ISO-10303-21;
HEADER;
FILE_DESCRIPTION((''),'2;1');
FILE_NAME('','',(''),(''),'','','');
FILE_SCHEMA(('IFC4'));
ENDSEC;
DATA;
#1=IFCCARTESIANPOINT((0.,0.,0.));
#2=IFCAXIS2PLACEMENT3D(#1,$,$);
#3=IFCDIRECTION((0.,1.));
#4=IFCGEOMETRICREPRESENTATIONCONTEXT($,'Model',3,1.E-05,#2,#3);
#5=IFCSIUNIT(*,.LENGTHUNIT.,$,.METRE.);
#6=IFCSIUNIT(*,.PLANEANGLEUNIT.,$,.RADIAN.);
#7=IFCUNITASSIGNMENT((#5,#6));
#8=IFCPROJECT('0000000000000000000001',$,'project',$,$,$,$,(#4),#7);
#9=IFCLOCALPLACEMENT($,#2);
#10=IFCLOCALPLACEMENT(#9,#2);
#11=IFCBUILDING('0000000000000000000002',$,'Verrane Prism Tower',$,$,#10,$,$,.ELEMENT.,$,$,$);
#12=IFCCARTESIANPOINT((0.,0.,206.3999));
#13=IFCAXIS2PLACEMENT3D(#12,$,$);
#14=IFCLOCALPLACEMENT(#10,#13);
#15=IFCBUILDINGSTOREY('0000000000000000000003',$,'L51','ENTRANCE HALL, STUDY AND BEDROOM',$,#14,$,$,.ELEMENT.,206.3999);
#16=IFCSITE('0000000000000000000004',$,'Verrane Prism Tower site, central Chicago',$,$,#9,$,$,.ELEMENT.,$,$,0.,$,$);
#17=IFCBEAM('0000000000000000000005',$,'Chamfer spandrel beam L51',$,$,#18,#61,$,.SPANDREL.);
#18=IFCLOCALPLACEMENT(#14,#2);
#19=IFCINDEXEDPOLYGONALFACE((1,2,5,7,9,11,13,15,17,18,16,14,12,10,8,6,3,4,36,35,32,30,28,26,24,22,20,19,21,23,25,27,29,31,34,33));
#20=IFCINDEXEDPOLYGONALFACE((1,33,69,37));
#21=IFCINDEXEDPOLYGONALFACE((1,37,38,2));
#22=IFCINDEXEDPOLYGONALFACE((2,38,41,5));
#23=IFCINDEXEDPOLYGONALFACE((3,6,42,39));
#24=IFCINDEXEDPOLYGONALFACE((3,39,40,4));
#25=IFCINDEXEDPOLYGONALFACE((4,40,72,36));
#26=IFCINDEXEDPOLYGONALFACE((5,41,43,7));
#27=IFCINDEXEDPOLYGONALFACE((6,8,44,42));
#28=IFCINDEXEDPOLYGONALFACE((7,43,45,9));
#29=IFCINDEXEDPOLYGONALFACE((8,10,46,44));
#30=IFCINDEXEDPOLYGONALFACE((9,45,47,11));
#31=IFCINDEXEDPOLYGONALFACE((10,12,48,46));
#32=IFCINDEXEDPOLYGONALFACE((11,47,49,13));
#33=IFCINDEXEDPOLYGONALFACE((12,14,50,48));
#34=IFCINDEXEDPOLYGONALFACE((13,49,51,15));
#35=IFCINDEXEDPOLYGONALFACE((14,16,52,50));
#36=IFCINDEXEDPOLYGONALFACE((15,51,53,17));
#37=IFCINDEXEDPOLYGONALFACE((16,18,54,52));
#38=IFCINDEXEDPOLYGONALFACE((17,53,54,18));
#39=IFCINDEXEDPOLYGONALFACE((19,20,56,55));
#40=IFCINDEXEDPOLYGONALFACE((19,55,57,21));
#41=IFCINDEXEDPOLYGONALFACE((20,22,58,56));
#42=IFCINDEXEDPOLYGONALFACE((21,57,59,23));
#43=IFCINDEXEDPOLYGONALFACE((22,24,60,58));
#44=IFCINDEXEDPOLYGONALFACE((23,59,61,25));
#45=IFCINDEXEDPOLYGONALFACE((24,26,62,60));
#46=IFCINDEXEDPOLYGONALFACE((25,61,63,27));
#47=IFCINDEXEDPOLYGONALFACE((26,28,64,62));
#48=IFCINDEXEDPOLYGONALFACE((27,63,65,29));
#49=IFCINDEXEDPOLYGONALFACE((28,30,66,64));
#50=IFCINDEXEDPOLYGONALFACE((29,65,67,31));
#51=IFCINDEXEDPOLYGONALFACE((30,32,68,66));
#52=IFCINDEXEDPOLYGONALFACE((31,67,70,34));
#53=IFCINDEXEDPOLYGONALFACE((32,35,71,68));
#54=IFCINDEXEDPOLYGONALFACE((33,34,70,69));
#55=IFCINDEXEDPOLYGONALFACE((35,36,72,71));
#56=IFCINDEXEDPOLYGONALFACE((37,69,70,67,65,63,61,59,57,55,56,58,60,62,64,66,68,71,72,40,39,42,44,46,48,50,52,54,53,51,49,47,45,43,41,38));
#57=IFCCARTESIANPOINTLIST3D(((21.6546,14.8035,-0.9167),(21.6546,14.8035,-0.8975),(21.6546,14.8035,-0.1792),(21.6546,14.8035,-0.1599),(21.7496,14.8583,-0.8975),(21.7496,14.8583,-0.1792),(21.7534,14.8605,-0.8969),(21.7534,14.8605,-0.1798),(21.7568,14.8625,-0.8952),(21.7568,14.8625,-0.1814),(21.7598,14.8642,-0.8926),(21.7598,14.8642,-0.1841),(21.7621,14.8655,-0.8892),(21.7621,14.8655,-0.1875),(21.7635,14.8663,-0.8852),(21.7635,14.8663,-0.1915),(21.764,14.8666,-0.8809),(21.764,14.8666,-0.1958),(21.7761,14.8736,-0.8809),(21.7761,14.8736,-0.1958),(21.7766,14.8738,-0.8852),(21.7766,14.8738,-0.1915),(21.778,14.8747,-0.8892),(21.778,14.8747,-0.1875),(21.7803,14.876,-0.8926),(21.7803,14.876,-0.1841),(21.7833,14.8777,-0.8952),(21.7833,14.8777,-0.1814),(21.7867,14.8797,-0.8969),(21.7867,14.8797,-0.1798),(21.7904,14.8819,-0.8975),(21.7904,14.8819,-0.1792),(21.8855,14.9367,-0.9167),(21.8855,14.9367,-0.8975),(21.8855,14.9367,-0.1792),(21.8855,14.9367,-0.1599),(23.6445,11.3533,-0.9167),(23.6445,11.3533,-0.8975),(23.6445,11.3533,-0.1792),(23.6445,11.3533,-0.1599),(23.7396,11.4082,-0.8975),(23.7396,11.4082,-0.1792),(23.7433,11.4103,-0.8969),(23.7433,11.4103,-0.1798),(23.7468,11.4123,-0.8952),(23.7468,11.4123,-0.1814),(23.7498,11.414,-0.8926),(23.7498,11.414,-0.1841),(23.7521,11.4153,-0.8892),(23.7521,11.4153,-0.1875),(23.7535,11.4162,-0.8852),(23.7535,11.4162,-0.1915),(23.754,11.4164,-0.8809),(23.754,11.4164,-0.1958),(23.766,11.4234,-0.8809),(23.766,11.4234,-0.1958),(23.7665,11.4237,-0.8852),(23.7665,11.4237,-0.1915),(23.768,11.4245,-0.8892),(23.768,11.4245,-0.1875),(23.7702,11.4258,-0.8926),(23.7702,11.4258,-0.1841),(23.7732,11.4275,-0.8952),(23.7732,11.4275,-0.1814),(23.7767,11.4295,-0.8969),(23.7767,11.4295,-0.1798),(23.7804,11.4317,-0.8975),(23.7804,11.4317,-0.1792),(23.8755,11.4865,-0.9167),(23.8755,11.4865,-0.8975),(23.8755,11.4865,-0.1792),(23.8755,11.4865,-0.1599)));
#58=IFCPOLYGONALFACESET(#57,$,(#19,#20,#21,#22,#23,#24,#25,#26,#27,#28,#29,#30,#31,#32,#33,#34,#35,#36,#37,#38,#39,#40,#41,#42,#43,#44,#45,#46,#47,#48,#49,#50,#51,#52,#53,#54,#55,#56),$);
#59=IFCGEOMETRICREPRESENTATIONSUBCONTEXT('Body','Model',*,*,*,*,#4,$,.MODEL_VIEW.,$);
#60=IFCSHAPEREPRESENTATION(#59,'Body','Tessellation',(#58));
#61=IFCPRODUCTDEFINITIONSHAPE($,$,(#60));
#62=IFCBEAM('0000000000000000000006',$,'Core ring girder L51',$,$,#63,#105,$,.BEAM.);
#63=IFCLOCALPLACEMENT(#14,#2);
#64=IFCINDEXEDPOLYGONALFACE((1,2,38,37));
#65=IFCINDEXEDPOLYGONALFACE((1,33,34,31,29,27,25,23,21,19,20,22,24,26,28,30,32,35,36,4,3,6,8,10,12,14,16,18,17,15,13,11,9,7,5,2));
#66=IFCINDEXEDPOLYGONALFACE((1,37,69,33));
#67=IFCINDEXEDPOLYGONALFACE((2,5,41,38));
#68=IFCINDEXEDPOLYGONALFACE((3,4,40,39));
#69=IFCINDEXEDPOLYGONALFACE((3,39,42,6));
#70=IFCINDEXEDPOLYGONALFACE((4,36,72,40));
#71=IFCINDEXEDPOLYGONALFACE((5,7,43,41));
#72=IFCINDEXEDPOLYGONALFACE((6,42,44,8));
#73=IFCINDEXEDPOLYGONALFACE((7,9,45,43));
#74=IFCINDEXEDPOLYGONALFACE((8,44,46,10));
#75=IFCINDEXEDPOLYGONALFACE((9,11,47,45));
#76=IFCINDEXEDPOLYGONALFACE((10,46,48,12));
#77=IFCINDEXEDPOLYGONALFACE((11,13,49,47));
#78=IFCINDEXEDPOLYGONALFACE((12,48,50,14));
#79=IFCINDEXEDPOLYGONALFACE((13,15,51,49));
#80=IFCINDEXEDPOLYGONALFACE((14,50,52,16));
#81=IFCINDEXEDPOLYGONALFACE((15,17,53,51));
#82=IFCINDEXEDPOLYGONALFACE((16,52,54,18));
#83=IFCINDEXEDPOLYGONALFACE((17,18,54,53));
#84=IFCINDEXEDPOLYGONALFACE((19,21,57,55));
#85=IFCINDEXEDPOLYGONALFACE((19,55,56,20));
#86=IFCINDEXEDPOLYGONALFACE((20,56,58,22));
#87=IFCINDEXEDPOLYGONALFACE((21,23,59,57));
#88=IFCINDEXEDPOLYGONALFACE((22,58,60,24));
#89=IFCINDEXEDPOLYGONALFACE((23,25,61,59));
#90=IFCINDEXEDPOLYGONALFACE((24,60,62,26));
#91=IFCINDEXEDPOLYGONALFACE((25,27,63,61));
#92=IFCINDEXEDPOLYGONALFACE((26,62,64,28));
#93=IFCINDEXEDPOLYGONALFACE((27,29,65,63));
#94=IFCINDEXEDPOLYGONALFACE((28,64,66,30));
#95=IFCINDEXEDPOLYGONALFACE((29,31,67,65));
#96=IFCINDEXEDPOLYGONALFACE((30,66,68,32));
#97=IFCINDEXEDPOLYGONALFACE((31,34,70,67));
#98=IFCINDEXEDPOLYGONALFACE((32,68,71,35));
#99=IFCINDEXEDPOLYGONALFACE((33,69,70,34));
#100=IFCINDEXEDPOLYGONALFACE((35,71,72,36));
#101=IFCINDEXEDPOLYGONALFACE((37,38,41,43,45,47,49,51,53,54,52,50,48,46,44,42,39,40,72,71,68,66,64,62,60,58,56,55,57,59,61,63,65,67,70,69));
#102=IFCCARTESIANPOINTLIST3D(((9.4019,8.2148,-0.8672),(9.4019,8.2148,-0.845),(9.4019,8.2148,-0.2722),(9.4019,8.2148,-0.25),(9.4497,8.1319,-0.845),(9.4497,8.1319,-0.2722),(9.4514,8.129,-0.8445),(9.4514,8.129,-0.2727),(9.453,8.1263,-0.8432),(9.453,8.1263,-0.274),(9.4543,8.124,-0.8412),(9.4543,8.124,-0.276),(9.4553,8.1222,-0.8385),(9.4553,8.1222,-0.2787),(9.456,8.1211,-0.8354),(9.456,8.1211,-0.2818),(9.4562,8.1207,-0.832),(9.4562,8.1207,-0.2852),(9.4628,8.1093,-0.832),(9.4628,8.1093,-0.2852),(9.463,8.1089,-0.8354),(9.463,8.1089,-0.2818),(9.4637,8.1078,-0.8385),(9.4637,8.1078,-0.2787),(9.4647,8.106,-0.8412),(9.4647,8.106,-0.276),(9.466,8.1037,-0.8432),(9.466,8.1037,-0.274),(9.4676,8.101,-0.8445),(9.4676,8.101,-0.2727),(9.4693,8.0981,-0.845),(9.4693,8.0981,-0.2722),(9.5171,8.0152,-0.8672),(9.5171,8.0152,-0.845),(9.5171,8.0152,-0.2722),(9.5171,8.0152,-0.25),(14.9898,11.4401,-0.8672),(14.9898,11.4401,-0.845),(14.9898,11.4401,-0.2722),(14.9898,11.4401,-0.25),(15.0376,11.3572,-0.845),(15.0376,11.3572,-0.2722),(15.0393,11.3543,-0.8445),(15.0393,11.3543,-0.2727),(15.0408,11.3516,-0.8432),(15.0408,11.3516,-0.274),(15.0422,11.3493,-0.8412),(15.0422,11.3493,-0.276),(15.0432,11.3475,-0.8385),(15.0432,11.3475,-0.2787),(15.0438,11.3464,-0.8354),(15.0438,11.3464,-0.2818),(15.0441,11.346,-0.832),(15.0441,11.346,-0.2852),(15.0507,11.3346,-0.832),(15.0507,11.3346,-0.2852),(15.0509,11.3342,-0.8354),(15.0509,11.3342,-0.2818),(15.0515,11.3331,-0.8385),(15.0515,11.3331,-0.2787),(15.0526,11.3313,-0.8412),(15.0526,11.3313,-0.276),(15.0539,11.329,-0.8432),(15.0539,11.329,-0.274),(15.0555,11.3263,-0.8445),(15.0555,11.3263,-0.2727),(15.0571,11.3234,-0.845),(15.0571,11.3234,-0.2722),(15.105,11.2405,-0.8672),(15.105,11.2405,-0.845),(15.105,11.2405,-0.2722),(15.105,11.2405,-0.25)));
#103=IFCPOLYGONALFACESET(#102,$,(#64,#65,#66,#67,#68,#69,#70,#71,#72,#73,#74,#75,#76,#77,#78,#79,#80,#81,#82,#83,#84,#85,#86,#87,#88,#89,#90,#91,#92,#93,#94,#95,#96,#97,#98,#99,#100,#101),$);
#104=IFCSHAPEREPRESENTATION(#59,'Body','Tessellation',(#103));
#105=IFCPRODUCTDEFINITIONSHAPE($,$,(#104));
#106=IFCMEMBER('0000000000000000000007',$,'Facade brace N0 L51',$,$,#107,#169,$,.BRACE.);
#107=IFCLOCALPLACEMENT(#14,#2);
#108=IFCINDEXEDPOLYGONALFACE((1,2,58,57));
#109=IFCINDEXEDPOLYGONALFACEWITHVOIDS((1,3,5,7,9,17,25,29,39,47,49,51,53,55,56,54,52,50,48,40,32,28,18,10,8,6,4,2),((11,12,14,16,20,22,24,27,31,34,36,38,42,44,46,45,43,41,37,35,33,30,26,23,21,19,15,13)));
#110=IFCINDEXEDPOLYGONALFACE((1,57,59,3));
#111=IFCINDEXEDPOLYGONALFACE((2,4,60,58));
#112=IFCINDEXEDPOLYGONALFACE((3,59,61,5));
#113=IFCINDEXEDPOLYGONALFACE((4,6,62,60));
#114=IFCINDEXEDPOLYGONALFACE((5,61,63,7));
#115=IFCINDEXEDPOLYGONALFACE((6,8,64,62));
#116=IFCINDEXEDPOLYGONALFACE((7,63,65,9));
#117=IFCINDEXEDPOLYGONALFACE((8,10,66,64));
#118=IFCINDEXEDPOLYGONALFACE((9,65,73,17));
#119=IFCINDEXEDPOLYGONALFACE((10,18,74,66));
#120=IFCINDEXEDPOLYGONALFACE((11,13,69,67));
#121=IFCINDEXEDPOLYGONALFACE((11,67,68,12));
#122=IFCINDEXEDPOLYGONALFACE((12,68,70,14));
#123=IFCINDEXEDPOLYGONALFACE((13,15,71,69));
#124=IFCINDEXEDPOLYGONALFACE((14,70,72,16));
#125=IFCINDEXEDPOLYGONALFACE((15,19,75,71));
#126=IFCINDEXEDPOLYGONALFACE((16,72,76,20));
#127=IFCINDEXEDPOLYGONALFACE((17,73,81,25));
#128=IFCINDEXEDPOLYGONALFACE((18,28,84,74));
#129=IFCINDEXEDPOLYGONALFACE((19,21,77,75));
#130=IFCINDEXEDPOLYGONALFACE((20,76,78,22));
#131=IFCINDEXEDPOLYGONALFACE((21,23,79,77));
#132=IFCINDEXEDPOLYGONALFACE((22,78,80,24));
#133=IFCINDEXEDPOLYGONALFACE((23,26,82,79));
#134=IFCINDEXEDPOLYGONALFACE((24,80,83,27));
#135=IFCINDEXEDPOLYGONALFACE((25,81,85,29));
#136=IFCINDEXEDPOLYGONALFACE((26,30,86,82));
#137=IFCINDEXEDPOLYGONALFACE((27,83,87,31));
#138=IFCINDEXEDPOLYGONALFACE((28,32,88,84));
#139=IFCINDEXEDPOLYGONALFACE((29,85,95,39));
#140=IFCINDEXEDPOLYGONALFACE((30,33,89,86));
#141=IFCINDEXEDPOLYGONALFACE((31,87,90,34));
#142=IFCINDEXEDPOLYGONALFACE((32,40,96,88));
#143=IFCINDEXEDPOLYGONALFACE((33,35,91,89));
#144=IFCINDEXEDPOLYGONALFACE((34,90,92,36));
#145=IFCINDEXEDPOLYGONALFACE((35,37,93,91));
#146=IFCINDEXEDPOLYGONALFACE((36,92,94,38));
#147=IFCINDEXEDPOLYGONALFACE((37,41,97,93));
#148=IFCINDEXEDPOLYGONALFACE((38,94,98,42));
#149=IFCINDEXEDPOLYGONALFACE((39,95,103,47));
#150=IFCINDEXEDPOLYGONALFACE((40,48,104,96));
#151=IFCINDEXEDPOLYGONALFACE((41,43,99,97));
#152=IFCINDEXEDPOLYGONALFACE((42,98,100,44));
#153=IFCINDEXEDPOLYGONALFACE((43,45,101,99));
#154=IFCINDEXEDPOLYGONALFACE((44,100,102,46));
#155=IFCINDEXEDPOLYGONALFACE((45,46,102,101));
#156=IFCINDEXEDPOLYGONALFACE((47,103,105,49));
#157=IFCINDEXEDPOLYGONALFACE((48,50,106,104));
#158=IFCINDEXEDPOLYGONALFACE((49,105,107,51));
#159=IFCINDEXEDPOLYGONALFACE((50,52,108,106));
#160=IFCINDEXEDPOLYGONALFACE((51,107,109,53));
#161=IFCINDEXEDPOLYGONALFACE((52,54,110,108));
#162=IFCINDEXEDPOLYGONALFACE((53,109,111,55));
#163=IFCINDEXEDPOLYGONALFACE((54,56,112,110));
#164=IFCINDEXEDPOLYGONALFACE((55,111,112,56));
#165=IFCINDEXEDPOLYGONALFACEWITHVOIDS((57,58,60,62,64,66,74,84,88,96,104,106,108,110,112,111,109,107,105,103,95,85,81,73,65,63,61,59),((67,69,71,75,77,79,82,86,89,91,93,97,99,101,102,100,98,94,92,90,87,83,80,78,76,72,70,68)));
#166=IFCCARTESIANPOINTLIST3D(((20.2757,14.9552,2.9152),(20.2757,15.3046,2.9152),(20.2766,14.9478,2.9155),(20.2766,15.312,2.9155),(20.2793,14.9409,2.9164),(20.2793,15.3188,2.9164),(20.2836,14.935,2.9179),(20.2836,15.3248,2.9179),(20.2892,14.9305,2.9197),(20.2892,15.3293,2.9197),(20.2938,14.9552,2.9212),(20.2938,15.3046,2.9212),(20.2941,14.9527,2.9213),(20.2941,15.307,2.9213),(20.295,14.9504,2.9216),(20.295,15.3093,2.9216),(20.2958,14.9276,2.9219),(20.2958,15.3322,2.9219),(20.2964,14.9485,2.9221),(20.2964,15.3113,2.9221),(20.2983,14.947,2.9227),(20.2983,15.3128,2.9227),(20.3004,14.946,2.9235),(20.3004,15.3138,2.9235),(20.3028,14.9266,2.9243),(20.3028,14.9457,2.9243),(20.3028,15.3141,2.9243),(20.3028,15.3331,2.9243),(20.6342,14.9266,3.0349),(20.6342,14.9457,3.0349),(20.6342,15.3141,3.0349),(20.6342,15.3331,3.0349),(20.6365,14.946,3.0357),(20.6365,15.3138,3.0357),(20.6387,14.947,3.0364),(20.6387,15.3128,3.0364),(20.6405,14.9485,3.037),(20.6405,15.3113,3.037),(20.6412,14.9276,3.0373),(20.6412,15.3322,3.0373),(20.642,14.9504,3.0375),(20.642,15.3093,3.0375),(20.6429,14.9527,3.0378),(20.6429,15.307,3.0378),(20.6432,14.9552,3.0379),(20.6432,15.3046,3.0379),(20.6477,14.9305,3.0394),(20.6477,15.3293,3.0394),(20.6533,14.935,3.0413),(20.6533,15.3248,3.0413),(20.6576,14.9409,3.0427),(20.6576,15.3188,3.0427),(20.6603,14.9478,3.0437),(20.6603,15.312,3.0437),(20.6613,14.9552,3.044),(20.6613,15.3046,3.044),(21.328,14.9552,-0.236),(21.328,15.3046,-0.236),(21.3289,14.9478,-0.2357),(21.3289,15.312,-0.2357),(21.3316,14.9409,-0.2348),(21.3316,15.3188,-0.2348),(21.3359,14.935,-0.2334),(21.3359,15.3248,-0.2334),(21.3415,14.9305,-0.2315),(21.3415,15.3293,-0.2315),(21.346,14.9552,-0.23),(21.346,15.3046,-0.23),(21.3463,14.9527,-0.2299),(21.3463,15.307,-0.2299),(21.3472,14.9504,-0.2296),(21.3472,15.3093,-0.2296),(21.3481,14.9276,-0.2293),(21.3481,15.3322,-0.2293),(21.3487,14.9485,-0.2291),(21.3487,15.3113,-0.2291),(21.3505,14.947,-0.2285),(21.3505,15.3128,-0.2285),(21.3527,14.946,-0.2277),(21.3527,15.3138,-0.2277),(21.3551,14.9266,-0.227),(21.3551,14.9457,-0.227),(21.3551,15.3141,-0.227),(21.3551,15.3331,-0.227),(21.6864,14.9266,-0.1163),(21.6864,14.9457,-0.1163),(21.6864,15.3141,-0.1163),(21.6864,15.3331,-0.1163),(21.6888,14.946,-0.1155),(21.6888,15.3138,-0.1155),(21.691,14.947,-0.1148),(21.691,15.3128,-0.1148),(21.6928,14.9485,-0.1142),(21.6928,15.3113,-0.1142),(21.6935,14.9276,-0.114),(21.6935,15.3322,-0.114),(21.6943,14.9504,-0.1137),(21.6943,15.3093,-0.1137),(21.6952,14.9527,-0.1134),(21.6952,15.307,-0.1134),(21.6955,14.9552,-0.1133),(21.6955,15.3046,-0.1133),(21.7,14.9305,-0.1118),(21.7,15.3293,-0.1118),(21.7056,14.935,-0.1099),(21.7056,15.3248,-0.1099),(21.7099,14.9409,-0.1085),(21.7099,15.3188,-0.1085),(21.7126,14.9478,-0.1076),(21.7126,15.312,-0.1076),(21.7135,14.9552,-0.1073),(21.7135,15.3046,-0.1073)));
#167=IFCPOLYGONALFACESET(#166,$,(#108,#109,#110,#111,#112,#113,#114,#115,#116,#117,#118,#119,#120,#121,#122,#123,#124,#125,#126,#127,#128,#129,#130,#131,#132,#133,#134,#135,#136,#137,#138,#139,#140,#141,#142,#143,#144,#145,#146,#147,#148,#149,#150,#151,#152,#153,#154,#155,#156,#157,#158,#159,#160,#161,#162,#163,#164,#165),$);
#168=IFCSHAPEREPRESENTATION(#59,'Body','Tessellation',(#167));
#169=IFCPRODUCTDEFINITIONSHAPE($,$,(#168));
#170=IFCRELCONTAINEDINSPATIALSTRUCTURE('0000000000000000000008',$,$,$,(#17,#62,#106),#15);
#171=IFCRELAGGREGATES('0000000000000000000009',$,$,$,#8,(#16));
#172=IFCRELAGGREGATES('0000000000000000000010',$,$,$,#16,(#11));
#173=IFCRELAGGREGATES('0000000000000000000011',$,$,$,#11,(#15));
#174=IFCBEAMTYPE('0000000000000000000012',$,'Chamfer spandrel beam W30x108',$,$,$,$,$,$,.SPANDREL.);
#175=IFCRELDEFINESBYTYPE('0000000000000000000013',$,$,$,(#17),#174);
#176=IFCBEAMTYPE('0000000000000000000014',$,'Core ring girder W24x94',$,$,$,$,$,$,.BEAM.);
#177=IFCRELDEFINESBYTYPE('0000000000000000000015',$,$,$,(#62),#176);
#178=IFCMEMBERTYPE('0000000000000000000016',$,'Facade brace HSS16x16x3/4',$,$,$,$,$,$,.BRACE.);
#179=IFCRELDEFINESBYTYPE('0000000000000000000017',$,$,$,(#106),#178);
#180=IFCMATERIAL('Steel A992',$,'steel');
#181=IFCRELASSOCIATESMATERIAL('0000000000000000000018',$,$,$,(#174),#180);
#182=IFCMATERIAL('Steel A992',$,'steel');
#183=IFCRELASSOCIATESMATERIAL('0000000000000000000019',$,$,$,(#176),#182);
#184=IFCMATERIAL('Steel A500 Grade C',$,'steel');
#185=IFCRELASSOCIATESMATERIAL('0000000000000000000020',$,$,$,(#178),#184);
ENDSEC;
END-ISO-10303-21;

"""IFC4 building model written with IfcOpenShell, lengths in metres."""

from ifc_helpers import new_model, si_unit, direction, frame, origin, origin_2d, place, context, subcontext, project, spatial, hollow_rectangle, i_section, extrude, material, material_profile, profile_set, type_object, element, save


model = new_model("IFC4")

# Units and contexts
model_context = context("Model", 3, precision=1e-05, world=origin(), true_north=direction((0.0, 1.0)))
body_context = subcontext(model_context, "Body", "Model", "MODEL_VIEW")
ifc_project = project(units=[si_unit("LENGTHUNIT", "METRE"), si_unit("PLANEANGLEUNIT", "RADIAN")], contexts=[model_context])

# Site, building, storey
site_placement = place(None, origin())
site = spatial("IfcSite", under=ifc_project, at=site_placement, Name="Verrane Prism Tower site, central Chicago", CompositionType="ELEMENT", RefElevation=0.0)
building_placement = place(site_placement, origin())
building = spatial("IfcBuilding", under=site, at=building_placement, Name="Verrane Prism Tower", CompositionType="ELEMENT")
storey_placement = place(building_placement, frame((0.0, 0.0, 206.3999)))
storey = spatial("IfcBuildingStorey", under=building, at=storey_placement, Name="L51", Description="ENTRANCE HALL, STUDY AND BEDROOM", CompositionType="ELEMENT", Elevation=206.3999)

# Beams
ifc_material_1 = material(Name="Steel A992", Category="steel")
ifc_material_profile_1 = material_profile(ifc_material_1, i_section(OverallWidth=0.2666, OverallDepth=0.7568, WebThickness=0.0139, FlangeThickness=0.0193, FilletRadius=0.0166, at=origin_2d()), Name="W30x108")
ifc_profile_set_1 = profile_set([ifc_material_profile_1], Name="Steel A992")
beam_type_1 = type_object("IfcBeamType", Name="Chamfer spandrel beam W30x108", PredefinedType="SPANDREL", material=ifc_profile_set_1)
beam_1_placement = place(storey_placement, frame((23.76, 11.4199, -0.5383), z_axis=(-0.499627, 0.866241, 0.0), x_axis=(-0.866241, -0.499627, 0.0)))
element("IfcBeam", 1, at=beam_1_placement, inside=storey, type_object=beam_type_1, Name="Chamfer spandrel beam L51", PredefinedType="SPANDREL", context=body_context, shape_type="SweptSolid", body=[
    extrude(i_section(OverallWidth=0.2666, OverallDepth=0.7568, WebThickness=0.0139, FlangeThickness=0.0193, FilletRadius=0.0166, at=origin_2d()), origin(), (0.0, 0.0, 1.0), 3.9829),
])
ifc_material_2 = material(Name="Steel A992", Category="steel")
ifc_material_profile_2 = material_profile(ifc_material_2, i_section(OverallWidth=0.2305, OverallDepth=0.6172, WebThickness=0.0132, FlangeThickness=0.0222, FilletRadius=0.0129, at=origin_2d()), Name="W24x94")
ifc_profile_set_2 = profile_set([ifc_material_profile_2], Name="Steel A992")
beam_type_2 = type_object("IfcBeamType", Name="Core ring girder W24x94", PredefinedType="BEAM", material=ifc_profile_set_2)
beam_2_placement = place(storey_placement, frame((15.0474, 11.3403, -0.5586), z_axis=(-0.866081, -0.499904, 0.0), x_axis=(0.499904, -0.866081, 0.0)))
element("IfcBeam", 2, at=beam_2_placement, inside=storey, type_object=beam_type_2, Name="Core ring girder L51", PredefinedType="BEAM", context=body_context, shape_type="SweptSolid", body=[
    extrude(i_section(OverallWidth=0.2305, OverallDepth=0.6172, WebThickness=0.0132, FlangeThickness=0.0222, FilletRadius=0.0129, at=origin_2d()), origin(), (0.0, 0.0, 1.0), 6.4519),
])

# Member
ifc_material_3 = material(Name="Steel A500 Grade C", Category="steel")
ifc_material_profile_3 = material_profile(ifc_material_3, hollow_rectangle(XDim=0.4065, YDim=0.4065, WallThickness=0.019, InnerFilletRadius=0.0095, OuterFilletRadius=0.0286, at=origin_2d()), Name="HSS16x16x3/4")
ifc_profile_set_3 = profile_set([ifc_material_profile_3], Name="Steel A500 Grade C")
member_type_1 = type_object("IfcMemberType", Name="Facade brace HSS16x16x3/4", PredefinedType="BRACE", material=ifc_profile_set_3)
member_1_placement = place(storey_placement, frame((21.5208, 15.1299, -0.1716), z_axis=(-0.316735, 0.0, 0.948514), x_axis=(0.0, -1.0, 0.0)))
element("IfcMember", 3, at=member_1_placement, inside=storey, type_object=member_type_1, Name="Facade brace N0 L51", PredefinedType="BRACE", context=body_context, shape_type="SweptSolid", body=[
    extrude(hollow_rectangle(XDim=0.4065, YDim=0.4065, WallThickness=0.019, InnerFilletRadius=0.0095, OuterFilletRadius=0.0286, at=origin_2d()), origin(), (0.0, 0.0, 1.0), 3.3223),
])

save(model, "model.ifc")
